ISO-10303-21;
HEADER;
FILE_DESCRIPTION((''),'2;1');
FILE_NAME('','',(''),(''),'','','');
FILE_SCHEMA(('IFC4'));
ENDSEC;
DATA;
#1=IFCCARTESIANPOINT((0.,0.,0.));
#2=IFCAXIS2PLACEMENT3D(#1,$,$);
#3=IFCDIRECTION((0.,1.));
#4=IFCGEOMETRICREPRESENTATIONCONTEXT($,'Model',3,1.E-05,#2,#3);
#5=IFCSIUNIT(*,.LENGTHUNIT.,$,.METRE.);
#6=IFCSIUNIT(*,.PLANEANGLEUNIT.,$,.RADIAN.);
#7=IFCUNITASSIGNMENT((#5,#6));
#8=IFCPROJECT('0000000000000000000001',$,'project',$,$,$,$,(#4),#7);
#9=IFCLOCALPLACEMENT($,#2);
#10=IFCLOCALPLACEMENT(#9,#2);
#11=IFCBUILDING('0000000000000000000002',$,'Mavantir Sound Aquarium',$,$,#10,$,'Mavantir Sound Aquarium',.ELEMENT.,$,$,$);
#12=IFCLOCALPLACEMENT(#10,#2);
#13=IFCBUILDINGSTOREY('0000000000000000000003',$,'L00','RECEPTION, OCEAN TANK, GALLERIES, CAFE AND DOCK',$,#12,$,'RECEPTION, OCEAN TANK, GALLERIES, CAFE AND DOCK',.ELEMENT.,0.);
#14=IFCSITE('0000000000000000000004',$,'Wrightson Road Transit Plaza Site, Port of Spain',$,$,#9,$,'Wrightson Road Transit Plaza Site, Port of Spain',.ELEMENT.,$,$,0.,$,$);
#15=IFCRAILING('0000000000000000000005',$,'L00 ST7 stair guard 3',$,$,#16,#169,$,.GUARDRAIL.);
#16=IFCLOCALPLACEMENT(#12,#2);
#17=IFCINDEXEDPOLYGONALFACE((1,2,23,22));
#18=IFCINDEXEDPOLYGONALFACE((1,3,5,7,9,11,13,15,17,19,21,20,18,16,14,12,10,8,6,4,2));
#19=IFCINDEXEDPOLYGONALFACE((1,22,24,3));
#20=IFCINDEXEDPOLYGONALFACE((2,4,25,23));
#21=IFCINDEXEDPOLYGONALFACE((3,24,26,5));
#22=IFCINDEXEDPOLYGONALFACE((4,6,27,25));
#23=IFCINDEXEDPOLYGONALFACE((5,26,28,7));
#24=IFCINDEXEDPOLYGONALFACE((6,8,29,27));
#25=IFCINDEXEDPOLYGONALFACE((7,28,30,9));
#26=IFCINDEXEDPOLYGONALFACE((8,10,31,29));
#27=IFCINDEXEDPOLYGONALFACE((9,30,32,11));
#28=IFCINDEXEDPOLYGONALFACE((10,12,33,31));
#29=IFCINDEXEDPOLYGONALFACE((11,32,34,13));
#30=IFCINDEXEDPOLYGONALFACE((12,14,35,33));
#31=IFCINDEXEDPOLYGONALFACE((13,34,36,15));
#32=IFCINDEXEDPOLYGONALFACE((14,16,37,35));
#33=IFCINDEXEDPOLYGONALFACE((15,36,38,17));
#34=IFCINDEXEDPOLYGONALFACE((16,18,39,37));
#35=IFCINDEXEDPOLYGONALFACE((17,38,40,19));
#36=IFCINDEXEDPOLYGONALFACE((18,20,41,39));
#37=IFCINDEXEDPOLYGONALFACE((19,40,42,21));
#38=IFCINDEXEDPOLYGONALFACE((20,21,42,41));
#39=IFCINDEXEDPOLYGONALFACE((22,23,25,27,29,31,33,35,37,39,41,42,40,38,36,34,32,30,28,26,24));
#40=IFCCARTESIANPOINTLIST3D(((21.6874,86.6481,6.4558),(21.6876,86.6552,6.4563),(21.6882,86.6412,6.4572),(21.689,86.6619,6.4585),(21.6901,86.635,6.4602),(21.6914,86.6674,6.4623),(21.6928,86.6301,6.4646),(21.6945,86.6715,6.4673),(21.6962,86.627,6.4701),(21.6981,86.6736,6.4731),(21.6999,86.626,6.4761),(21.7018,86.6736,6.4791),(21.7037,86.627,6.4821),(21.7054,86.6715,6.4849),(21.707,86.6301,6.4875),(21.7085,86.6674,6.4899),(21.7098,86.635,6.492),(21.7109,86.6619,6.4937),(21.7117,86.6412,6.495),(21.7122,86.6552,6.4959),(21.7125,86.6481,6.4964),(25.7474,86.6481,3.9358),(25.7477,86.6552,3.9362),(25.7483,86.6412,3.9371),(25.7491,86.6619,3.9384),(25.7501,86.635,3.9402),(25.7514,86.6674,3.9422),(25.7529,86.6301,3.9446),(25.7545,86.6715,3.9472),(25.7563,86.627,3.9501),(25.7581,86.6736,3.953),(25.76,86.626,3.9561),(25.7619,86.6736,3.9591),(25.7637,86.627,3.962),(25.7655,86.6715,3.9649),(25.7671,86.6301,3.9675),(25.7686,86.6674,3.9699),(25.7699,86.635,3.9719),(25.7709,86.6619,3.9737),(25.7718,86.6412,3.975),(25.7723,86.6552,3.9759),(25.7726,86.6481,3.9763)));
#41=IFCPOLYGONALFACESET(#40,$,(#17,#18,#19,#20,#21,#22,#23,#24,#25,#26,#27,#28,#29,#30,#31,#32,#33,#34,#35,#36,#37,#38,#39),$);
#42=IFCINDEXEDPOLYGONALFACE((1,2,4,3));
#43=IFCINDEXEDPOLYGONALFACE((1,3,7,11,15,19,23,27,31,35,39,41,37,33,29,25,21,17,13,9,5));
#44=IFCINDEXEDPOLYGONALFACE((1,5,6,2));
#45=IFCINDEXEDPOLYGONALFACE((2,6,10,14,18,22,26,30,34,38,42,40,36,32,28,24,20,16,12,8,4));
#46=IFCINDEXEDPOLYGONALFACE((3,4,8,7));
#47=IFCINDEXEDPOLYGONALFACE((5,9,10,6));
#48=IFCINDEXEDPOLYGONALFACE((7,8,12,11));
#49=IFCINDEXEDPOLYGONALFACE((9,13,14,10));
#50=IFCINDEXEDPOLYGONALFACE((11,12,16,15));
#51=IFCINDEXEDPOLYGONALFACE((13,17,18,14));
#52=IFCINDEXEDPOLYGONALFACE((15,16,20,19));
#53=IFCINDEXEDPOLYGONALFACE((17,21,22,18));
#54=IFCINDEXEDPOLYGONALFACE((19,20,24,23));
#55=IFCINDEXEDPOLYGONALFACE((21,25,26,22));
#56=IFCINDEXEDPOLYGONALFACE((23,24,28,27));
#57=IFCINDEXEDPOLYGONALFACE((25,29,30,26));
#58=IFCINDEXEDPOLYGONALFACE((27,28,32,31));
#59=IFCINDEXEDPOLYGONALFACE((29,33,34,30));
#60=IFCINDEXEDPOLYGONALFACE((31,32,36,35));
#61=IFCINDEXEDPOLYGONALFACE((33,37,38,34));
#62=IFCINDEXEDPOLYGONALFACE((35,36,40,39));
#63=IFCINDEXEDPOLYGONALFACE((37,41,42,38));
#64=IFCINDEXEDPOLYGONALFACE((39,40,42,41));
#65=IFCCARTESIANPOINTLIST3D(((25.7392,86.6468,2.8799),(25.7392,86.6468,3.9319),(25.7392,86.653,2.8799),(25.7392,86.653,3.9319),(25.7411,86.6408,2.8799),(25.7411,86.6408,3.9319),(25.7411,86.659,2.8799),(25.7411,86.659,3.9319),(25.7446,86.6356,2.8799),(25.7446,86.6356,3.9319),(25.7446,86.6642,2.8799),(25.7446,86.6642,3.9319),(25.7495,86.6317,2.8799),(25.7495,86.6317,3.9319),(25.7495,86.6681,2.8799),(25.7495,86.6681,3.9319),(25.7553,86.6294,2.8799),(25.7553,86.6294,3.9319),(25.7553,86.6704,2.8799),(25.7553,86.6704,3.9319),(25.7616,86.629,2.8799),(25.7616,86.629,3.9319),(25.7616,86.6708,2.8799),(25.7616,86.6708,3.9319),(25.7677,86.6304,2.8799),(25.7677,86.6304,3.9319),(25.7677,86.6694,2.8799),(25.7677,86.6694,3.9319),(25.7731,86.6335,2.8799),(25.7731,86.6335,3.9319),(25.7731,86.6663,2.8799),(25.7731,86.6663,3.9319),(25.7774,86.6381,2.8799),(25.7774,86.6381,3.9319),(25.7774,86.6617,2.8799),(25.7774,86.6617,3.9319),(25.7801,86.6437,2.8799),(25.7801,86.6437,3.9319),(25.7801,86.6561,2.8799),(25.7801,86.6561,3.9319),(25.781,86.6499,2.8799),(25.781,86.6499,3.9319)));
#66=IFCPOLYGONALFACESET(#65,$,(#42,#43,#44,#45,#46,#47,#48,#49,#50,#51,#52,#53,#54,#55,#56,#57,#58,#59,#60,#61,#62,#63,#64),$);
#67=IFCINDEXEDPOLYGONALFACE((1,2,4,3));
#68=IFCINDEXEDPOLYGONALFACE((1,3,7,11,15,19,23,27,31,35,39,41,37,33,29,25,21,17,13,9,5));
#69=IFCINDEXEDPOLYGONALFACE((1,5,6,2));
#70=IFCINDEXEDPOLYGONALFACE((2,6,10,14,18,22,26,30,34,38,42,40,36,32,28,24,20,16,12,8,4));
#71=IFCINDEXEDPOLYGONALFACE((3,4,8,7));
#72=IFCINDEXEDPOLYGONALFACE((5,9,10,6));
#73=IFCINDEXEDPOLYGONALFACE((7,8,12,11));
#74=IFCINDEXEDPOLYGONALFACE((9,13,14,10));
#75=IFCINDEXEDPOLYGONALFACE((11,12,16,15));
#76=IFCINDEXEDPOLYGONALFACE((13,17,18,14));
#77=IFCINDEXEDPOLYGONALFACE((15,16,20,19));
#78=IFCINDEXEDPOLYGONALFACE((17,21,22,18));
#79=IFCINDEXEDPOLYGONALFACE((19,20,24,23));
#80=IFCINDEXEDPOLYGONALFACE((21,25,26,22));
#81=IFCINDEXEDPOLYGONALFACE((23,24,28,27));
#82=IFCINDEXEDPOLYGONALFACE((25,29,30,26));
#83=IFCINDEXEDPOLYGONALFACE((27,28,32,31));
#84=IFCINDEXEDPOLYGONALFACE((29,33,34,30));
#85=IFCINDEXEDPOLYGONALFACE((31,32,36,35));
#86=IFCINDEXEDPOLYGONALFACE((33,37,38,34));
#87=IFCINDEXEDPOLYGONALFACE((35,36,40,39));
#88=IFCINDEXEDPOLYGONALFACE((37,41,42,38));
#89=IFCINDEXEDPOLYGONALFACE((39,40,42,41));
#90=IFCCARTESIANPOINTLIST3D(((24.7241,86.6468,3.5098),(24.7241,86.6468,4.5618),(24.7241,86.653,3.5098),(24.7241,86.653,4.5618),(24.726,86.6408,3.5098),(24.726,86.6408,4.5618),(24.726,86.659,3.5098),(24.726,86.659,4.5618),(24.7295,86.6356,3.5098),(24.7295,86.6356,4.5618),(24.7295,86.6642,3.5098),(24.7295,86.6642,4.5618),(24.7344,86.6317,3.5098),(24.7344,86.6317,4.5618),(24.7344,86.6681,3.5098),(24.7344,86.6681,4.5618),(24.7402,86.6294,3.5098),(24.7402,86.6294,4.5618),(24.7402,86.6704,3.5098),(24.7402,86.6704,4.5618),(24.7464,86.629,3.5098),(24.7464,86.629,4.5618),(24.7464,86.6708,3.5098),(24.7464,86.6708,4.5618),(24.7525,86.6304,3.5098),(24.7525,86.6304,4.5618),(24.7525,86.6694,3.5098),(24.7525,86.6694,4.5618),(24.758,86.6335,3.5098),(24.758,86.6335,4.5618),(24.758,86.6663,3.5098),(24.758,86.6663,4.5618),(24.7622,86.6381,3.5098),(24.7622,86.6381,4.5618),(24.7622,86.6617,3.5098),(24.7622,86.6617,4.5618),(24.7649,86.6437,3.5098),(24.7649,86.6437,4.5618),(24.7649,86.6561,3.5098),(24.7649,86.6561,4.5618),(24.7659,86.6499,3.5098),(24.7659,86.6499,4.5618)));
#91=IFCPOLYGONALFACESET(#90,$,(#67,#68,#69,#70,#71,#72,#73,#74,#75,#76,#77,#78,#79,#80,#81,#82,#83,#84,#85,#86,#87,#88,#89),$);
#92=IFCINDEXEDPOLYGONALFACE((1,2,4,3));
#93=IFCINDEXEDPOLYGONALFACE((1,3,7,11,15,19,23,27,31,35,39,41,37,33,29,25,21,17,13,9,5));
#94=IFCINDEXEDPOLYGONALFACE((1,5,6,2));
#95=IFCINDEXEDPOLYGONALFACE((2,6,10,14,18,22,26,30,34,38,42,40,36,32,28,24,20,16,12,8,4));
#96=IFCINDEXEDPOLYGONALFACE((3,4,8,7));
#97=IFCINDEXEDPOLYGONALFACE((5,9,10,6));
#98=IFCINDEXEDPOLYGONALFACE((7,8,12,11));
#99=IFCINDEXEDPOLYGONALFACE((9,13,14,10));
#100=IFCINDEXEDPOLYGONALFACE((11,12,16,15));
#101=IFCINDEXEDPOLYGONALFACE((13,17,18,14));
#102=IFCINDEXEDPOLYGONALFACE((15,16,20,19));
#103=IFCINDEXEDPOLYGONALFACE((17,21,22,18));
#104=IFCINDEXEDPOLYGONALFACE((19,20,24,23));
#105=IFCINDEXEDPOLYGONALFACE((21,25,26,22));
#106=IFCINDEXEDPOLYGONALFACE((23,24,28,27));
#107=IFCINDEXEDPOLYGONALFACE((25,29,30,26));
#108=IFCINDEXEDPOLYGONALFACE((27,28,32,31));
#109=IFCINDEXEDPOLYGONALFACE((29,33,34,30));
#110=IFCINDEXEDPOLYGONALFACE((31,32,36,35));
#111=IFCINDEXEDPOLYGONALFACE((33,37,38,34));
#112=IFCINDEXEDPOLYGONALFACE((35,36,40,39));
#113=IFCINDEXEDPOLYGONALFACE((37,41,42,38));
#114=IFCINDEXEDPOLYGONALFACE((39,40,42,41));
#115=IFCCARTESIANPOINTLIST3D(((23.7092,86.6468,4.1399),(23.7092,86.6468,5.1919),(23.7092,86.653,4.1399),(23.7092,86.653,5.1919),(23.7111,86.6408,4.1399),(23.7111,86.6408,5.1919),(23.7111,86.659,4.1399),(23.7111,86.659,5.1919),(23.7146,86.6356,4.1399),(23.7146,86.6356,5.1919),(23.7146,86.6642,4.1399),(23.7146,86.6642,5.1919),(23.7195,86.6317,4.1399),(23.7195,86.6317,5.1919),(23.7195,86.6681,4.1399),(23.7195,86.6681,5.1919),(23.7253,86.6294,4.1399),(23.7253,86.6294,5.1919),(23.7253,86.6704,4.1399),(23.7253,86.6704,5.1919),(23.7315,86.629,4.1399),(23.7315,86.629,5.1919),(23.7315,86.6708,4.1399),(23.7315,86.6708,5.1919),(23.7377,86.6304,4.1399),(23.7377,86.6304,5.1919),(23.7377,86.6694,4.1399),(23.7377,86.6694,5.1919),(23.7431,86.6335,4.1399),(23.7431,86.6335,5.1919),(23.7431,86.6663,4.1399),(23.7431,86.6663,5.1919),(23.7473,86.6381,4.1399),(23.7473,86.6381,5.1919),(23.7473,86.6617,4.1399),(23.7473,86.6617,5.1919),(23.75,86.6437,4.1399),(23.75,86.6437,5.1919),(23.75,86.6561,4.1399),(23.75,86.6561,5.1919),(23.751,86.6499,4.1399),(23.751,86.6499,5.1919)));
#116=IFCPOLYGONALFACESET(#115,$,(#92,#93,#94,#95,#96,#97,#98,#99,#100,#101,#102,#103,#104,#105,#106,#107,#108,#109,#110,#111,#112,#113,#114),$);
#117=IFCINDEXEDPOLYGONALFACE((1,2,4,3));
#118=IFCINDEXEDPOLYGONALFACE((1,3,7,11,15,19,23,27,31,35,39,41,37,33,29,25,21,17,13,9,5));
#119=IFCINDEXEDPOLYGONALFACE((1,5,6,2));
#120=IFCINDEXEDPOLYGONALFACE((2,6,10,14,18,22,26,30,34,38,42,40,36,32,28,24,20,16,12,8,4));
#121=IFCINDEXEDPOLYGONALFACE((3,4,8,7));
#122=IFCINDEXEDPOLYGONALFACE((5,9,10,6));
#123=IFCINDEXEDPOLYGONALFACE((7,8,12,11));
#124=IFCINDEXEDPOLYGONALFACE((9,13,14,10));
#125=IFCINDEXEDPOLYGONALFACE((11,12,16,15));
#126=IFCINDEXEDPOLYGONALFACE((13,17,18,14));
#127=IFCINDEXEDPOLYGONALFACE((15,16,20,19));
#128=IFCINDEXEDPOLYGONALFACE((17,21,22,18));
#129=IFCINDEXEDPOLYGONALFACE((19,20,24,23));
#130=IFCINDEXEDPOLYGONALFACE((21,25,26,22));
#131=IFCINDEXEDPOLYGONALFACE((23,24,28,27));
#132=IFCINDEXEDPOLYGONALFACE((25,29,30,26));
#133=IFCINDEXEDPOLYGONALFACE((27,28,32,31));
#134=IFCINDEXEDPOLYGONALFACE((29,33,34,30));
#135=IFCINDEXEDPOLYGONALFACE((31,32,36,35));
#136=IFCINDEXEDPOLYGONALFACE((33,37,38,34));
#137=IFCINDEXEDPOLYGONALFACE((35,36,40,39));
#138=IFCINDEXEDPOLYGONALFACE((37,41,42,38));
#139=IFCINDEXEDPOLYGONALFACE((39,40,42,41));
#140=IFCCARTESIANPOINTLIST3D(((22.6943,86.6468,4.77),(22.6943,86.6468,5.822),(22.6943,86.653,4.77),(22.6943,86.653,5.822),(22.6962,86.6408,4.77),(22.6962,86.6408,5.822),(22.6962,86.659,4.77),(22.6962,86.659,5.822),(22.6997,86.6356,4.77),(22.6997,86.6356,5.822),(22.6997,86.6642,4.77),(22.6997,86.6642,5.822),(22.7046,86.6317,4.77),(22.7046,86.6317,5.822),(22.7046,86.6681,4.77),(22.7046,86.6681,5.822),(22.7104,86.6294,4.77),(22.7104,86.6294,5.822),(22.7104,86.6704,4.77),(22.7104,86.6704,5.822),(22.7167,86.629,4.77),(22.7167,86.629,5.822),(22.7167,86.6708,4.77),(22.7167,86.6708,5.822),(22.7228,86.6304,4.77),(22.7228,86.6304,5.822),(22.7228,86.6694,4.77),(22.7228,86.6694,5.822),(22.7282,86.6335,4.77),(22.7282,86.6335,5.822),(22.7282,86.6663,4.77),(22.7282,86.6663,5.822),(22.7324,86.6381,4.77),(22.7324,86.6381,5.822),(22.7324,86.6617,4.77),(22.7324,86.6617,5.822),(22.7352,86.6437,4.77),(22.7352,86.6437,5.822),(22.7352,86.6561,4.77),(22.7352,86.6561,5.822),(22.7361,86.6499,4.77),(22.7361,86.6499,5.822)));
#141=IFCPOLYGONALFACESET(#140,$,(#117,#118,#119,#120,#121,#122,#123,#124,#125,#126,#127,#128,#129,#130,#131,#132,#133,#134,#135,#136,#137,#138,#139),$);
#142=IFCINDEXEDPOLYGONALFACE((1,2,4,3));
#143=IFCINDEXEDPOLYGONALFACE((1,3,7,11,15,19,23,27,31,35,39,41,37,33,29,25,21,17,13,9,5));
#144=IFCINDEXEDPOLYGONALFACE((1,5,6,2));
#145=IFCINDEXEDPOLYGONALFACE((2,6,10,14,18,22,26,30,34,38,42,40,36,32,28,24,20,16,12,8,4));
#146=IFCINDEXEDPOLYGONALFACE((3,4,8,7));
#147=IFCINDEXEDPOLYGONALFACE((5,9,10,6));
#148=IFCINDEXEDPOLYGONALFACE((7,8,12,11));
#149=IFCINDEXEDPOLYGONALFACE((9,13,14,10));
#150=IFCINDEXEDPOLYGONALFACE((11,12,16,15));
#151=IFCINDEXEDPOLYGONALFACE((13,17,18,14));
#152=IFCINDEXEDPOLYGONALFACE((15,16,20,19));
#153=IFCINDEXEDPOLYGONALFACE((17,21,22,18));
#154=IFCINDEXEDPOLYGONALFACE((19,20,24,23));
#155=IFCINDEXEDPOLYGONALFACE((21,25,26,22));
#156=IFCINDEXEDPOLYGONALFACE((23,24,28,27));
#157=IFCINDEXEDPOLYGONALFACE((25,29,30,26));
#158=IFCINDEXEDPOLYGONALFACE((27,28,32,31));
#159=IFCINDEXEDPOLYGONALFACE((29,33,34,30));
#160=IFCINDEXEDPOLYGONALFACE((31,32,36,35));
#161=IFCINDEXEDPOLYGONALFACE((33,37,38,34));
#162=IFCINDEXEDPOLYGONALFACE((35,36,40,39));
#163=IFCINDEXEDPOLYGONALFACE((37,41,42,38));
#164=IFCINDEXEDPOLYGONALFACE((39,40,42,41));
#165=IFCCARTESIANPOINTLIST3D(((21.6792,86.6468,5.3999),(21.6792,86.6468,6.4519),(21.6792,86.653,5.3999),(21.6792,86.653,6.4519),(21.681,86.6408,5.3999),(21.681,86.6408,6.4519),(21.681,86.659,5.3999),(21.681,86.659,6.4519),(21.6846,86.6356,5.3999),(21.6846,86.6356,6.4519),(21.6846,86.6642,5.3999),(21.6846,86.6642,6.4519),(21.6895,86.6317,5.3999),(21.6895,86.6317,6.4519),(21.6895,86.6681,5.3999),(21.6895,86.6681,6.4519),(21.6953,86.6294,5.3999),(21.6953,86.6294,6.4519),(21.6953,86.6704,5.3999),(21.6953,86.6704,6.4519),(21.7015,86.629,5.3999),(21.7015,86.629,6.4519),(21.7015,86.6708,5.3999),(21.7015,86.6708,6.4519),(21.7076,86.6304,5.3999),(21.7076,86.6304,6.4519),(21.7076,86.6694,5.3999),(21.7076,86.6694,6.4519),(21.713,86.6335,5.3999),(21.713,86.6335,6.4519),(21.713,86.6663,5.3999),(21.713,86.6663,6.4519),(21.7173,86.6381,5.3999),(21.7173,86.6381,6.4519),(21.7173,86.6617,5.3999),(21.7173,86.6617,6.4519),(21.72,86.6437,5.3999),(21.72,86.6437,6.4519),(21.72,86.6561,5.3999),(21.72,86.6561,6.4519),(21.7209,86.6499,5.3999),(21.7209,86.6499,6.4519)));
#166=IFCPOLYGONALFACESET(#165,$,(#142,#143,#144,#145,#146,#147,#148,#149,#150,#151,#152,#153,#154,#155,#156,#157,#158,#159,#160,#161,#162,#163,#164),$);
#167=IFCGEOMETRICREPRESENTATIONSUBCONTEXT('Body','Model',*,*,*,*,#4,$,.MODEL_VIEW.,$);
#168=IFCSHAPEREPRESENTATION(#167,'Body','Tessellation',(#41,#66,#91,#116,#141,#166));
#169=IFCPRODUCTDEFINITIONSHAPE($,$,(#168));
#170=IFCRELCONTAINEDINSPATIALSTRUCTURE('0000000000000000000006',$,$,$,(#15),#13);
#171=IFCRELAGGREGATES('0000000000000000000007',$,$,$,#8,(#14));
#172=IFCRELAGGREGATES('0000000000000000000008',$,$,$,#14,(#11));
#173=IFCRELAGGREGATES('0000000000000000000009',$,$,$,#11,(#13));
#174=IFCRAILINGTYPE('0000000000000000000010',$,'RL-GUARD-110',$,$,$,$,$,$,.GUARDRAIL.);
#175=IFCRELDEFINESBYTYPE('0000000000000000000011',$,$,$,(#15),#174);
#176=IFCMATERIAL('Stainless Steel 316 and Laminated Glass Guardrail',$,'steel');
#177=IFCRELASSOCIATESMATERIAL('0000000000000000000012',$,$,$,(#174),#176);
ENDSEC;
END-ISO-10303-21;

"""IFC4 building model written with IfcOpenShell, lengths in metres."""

from ifc_helpers import new_model, si_unit, direction, frame, origin, origin_2d, place, context, subcontext, project, spatial, circle, extrude, material, type_object, element, save


model = new_model("IFC4")

# Units and contexts
model_context = context("Model", 3, precision=1e-05, world=origin(), true_north=direction((0.0, 1.0)))
body_context = subcontext(model_context, "Body", "Model", "MODEL_VIEW")
ifc_project = project(units=[si_unit("LENGTHUNIT", "METRE"), si_unit("PLANEANGLEUNIT", "RADIAN")], contexts=[model_context])

# Site, building, storey
site_placement = place(None, origin())
site = spatial("IfcSite", under=ifc_project, at=site_placement, Name="Wrightson Road Transit Plaza Site, Port of Spain", LongName="Wrightson Road Transit Plaza Site, Port of Spain", CompositionType="ELEMENT", RefElevation=0.0)
building_placement = place(site_placement, origin())
building = spatial("IfcBuilding", under=site, at=building_placement, Name="Mavantir Sound Aquarium", LongName="Mavantir Sound Aquarium", CompositionType="ELEMENT")
storey_placement = place(building_placement, origin())
storey = spatial("IfcBuildingStorey", under=building, at=storey_placement, Name="L00", Description="RECEPTION, OCEAN TANK, GALLERIES, CAFE AND DOCK", LongName="RECEPTION, OCEAN TANK, GALLERIES, CAFE AND DOCK", CompositionType="ELEMENT", Elevation=0.0)

# Railing
ifc_material_1 = material(Name="Stainless Steel 316 and Laminated Glass Guardrail", Category="steel")
railing_type_1 = type_object("IfcRailingType", Name="RL-GUARD-110", PredefinedType="GUARDRAIL", material=ifc_material_1)
railing_1_placement = place(storey_placement, frame((25.76, 86.6499, 2.8799)))
element("IfcRailing", 1, at=railing_1_placement, inside=storey, type_object=railing_type_1, Name="L00 ST7 stair guard 3", PredefinedType="GUARDRAIL", context=body_context, shape_type="SweptSolid", body=[
    extrude(circle(Radius=0.0239, at=origin_2d()), frame((0.0, 0.0, 1.0762), z_axis=(-0.849642, 0.0, 0.52736), x_axis=(0.0, -1.0, 0.0)), (0.0, 0.0, 1.0), 4.7786),
    extrude(circle(Radius=0.021, at=origin_2d()), origin(), (0.0, 0.0, 1.0), 1.052),
    extrude(circle(Radius=0.021, at=origin_2d()), frame((-1.0151, 0.0, 0.6299)), (0.0, 0.0, 1.0), 1.052),
    extrude(circle(Radius=0.021, at=origin_2d()), frame((-2.03, 0.0, 1.26)), (0.0, 0.0, 1.0), 1.052),
    extrude(circle(Radius=0.021, at=origin_2d()), frame((-3.0449, 0.0, 1.8901)), (0.0, 0.0, 1.0), 1.052),
    extrude(circle(Radius=0.021, at=origin_2d()), frame((-4.0601, 0.0, 2.52)), (0.0, 0.0, 1.0), 1.052),
])

save(model, "model.ifc")
